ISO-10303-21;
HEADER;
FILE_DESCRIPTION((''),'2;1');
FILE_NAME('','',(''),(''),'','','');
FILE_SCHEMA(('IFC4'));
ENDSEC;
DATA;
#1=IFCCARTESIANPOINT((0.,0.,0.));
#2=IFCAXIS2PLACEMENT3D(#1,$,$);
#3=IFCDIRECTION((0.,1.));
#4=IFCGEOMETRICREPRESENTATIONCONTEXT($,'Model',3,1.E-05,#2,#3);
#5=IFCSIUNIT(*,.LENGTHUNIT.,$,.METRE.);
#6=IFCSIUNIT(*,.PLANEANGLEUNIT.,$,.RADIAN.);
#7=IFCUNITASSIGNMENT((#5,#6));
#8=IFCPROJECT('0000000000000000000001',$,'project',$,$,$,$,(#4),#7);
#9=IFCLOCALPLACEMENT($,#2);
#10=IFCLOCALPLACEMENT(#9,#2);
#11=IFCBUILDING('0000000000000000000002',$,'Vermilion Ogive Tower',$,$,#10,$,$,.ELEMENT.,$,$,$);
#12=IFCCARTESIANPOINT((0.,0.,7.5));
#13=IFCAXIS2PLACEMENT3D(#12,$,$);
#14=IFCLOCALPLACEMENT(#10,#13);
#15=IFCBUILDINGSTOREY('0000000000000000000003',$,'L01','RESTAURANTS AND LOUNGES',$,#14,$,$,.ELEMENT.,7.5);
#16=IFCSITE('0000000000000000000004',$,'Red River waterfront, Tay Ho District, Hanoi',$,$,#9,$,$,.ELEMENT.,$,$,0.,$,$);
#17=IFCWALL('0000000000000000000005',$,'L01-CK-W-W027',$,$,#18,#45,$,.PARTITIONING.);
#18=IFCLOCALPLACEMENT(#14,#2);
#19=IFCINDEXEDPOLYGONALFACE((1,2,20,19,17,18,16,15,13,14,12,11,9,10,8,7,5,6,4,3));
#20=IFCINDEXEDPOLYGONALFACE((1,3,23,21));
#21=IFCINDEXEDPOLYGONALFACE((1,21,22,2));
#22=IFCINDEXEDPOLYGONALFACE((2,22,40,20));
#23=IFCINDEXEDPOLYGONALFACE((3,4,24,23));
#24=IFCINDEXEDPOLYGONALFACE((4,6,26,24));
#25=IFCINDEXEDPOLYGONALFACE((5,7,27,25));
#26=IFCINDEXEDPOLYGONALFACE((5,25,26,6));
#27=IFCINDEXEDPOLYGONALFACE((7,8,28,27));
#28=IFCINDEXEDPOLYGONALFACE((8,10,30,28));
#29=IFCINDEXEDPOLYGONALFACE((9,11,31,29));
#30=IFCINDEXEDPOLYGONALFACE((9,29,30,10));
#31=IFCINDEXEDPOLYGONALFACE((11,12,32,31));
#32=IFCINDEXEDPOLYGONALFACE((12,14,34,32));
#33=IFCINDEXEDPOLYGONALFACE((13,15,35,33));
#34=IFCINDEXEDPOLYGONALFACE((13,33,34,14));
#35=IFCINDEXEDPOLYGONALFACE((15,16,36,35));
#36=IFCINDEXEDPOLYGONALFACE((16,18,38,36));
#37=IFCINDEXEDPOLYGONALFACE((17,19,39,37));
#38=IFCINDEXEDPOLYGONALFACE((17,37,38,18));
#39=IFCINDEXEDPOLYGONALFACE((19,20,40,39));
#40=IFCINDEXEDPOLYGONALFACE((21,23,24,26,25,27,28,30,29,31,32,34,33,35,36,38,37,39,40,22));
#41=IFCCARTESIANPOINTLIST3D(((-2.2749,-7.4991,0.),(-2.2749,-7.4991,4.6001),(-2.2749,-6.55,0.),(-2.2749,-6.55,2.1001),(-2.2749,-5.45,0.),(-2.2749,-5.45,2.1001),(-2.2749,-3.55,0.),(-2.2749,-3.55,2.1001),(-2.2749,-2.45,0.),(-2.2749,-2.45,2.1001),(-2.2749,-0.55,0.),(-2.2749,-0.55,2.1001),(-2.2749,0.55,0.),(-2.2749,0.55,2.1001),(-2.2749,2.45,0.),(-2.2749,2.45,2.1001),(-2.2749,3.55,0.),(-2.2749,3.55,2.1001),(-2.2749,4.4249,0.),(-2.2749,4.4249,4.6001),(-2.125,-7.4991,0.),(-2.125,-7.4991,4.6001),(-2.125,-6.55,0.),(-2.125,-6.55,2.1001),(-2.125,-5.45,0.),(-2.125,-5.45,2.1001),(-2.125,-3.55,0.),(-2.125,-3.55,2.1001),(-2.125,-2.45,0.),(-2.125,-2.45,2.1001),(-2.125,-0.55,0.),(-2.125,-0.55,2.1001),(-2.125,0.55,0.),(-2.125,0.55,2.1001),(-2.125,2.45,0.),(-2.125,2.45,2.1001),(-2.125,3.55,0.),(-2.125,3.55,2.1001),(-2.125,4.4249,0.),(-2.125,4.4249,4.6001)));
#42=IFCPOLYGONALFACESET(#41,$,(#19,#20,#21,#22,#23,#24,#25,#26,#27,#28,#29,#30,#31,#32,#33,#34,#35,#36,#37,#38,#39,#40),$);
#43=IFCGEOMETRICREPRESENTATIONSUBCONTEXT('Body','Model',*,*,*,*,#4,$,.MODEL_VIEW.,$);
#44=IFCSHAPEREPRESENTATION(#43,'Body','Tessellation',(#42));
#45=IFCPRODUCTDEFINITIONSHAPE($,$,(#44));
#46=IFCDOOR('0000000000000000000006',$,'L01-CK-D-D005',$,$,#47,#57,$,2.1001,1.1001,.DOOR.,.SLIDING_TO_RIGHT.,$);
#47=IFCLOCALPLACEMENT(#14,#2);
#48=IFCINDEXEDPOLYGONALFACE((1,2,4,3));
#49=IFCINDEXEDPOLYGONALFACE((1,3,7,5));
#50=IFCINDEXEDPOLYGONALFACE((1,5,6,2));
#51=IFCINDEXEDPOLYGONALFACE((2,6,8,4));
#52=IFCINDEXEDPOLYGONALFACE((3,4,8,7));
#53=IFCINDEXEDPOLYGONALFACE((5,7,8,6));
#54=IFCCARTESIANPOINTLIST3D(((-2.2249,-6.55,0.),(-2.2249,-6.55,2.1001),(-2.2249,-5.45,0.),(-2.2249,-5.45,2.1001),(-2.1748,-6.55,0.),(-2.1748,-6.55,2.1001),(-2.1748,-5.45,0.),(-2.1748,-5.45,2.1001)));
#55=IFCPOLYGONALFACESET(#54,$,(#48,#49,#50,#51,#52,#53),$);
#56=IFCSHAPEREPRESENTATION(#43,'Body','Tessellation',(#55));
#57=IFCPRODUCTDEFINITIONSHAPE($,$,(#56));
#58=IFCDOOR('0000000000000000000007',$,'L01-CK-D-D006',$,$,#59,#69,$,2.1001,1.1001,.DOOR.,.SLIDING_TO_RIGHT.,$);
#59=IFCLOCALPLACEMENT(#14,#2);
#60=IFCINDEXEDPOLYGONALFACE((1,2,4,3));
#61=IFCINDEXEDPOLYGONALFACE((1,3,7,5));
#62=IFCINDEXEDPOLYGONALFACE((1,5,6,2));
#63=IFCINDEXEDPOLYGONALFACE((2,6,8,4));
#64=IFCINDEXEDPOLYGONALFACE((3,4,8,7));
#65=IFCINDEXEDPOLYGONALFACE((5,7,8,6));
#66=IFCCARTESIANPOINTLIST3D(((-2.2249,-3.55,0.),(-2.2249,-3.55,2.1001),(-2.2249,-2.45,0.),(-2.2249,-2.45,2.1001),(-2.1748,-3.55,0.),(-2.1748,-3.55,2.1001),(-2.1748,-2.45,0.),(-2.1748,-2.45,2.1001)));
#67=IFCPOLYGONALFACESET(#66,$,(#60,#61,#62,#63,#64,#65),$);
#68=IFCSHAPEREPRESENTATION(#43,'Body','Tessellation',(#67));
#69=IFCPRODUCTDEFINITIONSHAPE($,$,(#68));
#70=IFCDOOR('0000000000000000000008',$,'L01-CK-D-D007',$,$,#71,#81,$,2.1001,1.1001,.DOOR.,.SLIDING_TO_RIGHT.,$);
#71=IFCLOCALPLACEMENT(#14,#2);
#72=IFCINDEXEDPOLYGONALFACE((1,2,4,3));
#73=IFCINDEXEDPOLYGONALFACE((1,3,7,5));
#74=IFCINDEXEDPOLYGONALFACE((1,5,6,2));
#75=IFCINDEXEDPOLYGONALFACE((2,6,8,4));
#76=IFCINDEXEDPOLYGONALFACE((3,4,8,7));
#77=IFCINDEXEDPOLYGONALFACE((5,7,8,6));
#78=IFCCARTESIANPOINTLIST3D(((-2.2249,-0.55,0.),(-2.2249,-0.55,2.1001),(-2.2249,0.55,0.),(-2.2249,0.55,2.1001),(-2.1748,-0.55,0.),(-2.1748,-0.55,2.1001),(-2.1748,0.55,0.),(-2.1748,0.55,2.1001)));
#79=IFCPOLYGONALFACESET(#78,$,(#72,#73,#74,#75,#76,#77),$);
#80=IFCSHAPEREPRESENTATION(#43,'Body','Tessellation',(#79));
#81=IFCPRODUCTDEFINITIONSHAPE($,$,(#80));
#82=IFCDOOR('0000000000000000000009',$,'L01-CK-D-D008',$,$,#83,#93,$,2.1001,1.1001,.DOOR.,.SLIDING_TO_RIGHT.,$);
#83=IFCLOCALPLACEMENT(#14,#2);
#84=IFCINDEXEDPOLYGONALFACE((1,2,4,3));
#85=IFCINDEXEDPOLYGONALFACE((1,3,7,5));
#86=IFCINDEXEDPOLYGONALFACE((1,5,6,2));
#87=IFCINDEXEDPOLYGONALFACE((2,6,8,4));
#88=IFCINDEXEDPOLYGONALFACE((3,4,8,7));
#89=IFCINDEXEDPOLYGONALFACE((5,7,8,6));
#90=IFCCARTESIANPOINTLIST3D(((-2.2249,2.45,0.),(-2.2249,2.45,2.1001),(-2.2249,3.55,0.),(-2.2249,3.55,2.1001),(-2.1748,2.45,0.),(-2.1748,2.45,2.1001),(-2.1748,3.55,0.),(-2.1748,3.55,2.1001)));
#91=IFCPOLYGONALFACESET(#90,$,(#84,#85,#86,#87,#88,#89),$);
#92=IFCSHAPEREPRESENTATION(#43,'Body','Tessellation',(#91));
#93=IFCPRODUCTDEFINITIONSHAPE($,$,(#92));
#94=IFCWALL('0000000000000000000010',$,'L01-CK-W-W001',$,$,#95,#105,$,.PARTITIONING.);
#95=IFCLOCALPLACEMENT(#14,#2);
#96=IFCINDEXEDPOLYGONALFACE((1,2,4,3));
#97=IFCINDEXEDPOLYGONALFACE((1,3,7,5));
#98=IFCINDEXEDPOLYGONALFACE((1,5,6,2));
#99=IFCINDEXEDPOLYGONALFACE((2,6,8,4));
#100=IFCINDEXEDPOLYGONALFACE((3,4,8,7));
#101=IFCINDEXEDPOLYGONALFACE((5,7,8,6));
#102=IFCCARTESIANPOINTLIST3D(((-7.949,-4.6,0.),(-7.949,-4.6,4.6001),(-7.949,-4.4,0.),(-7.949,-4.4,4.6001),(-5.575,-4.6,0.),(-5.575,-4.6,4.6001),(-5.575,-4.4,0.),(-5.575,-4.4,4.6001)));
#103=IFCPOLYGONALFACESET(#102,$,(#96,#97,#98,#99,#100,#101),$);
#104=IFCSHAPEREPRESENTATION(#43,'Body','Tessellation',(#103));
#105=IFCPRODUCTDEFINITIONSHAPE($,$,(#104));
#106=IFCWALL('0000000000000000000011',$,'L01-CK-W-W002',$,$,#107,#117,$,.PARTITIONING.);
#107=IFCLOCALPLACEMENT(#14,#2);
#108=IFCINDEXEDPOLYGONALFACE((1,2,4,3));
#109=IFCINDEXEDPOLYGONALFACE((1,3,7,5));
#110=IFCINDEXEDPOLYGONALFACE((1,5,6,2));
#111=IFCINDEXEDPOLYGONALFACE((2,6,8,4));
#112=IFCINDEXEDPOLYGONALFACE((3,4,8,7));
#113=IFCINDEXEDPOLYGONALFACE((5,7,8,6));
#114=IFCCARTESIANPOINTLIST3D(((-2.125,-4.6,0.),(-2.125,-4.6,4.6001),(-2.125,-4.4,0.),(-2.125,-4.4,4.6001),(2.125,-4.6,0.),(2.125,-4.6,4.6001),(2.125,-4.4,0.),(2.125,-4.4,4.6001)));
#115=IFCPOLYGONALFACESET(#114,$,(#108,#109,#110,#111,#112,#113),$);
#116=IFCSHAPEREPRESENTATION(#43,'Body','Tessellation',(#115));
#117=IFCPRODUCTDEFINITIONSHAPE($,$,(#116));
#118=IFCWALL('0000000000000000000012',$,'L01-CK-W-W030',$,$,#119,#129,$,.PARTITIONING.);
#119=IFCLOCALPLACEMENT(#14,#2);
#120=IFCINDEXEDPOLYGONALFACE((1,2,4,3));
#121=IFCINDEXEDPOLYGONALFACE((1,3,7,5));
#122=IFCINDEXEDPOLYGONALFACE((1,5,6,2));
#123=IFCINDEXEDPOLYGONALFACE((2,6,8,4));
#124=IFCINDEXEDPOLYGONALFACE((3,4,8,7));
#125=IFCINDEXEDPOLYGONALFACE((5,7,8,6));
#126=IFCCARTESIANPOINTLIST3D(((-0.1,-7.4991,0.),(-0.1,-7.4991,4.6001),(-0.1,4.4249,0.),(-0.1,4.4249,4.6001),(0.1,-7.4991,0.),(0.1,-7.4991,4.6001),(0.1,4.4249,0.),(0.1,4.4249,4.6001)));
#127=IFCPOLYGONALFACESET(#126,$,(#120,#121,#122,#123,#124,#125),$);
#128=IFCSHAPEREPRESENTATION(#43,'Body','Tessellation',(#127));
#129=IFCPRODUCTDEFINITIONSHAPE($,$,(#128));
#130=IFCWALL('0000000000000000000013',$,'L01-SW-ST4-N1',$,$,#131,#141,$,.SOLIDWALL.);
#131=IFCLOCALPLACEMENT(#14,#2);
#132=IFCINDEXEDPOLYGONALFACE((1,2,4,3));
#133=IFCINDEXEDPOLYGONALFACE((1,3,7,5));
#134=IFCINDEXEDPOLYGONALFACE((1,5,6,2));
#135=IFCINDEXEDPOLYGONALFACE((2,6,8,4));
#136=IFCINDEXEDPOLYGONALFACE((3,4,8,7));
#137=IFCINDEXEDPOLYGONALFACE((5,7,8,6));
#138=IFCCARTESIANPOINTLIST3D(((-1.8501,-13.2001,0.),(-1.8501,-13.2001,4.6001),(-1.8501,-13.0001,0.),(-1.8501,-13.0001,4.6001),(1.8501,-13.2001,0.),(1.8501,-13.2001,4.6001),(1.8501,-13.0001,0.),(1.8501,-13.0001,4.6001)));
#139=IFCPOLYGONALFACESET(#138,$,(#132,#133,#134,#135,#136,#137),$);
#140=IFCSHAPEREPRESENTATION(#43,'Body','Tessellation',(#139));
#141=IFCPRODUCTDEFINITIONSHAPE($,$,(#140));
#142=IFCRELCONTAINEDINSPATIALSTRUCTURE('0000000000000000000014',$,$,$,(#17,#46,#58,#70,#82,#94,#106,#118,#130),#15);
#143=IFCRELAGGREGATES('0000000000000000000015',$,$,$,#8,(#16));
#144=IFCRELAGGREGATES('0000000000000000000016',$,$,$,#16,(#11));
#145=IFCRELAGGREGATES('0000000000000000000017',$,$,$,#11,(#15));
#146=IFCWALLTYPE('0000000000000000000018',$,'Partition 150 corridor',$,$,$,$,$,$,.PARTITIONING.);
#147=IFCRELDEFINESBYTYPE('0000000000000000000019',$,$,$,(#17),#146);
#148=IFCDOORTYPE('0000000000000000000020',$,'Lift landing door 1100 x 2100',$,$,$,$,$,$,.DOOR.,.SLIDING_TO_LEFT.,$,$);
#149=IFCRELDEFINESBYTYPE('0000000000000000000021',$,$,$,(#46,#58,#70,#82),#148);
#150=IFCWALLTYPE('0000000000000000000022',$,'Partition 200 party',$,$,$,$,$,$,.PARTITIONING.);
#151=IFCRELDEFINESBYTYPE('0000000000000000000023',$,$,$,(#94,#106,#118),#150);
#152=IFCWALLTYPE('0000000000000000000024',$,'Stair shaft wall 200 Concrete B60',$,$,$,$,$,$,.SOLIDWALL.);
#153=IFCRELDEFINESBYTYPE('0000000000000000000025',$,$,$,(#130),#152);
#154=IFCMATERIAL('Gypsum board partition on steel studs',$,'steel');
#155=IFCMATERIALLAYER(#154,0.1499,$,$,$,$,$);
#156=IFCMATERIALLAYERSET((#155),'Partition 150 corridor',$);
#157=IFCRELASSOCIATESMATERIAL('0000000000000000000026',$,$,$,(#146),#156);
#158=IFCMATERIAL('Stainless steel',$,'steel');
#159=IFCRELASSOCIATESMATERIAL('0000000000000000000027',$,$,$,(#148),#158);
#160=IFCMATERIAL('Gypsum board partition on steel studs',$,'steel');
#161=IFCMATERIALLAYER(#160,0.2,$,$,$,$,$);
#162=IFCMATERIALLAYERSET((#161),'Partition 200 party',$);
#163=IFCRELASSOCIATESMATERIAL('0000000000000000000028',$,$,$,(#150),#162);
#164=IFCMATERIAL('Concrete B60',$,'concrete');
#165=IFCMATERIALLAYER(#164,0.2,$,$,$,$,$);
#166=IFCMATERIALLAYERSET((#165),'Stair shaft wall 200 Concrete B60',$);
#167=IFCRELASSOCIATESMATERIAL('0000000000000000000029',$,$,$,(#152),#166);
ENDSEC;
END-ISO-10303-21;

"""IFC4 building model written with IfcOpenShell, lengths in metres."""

from ifc_helpers import new_model, si_unit, direction, frame, frame_2d, origin, place, context, subcontext, project, spatial, rectangle, extrude, material, layer, layer_set, type_object, element, fill, save


model = new_model("IFC4")

# Units and contexts
model_context = context("Model", 3, precision=1e-05, world=origin(), true_north=direction((0.0, 1.0)))
body_context = subcontext(model_context, "Body", "Model", "MODEL_VIEW")
ifc_project = project(units=[si_unit("LENGTHUNIT", "METRE"), si_unit("PLANEANGLEUNIT", "RADIAN")], contexts=[model_context])

# Site, building, storey
site_placement = place(None, origin())
site = spatial("IfcSite", under=ifc_project, at=site_placement, Name="Red River waterfront, Tay Ho District, Hanoi", CompositionType="ELEMENT", RefElevation=0.0)
building_placement = place(site_placement, origin())
building = spatial("IfcBuilding", under=site, at=building_placement, Name="Vermilion Ogive Tower", CompositionType="ELEMENT")
storey_placement = place(building_placement, frame((0.0, 0.0, 7.5)))
storey = spatial("IfcBuildingStorey", under=building, at=storey_placement, Name="L01", Description="RESTAURANTS AND LOUNGES", CompositionType="ELEMENT", Elevation=7.5)

# Shared definitions
ifc_material_1 = material(Name="Gypsum board partition on steel studs", Category="steel")
ifc_layer_1 = layer(ifc_material_1, 0.1499)
ifc_layer_set_1 = layer_set([ifc_layer_1], Name="Partition 150 corridor")
wall_type_1 = type_object("IfcWallType", Name="Partition 150 corridor", PredefinedType="PARTITIONING", material=ifc_layer_set_1)

# Wall, openings, doors
ifc_material_2 = material(Name="Stainless steel", Category="steel")
door_type_1 = type_object("IfcDoorType", Name="Lift landing door 1100 x 2100", OperationType="SLIDING_TO_LEFT", PredefinedType="DOOR", material=ifc_material_2)
wall_1_placement = place(storey_placement, frame((-2.2, -7.499, 0.0), z_axis=(0.0, 0.0, 1.0), x_axis=(0.0, 1.0, 0.0)))
wall_1 = element("IfcWall", 1, at=wall_1_placement, inside=storey, type_object=wall_type_1, Name="L01-CK-W-W027", PredefinedType="PARTITIONING", context=body_context, shape_type="SweptSolid", body=[
    extrude(rectangle(XDim=11.9241, YDim=0.1499, at=frame_2d((5.9619, 0.0))), origin(), (0.0, 0.0, 1.0), 4.6001),
])
opening_1_placement = place(wall_1_placement, frame((0.949, 0.0, 0.0)))
opening_1 = element("IfcOpeningElement", 2, at=opening_1_placement, cuts=wall_1, PredefinedType="OPENING", context=body_context, shape_type="SweptSolid", body=[
    extrude(rectangle(XDim=1.1001, YDim=2.1001, at=frame_2d((0.55, 1.05))), frame((0.0, 0.085, 0.0), z_axis=(0.0, -1.0, 0.0), x_axis=(1.0, 0.0, 0.0)), (0.0, 0.0, 1.0), 0.1699),
])
opening_2_placement = place(wall_1_placement, frame((3.949, 0.0, 0.0)))
opening_2 = element("IfcOpeningElement", 3, at=opening_2_placement, cuts=wall_1, PredefinedType="OPENING", context=body_context, shape_type="SweptSolid", body=[
    extrude(rectangle(XDim=1.1001, YDim=2.1001, at=frame_2d((0.55, 1.05))), frame((0.0, 0.085, 0.0), z_axis=(0.0, -1.0, 0.0), x_axis=(1.0, 0.0, 0.0)), (0.0, 0.0, 1.0), 0.1699),
])
opening_3_placement = place(wall_1_placement, frame((6.949, 0.0, 0.0)))
opening_3 = element("IfcOpeningElement", 4, at=opening_3_placement, cuts=wall_1, PredefinedType="OPENING", context=body_context, shape_type="SweptSolid", body=[
    extrude(rectangle(XDim=1.1001, YDim=2.1001, at=frame_2d((0.55, 1.05))), frame((0.0, 0.085, 0.0), z_axis=(0.0, -1.0, 0.0), x_axis=(1.0, 0.0, 0.0)), (0.0, 0.0, 1.0), 0.1699),
])
opening_4_placement = place(wall_1_placement, frame((9.949, 0.0, 0.0)))
opening_4 = element("IfcOpeningElement", 5, at=opening_4_placement, cuts=wall_1, PredefinedType="OPENING", context=body_context, shape_type="SweptSolid", body=[
    extrude(rectangle(XDim=1.1001, YDim=2.1001, at=frame_2d((0.55, 1.05))), frame((0.0, 0.085, 0.0), z_axis=(0.0, -1.0, 0.0), x_axis=(1.0, 0.0, 0.0)), (0.0, 0.0, 1.0), 0.1699),
])
door_1_placement = place(opening_1_placement, origin())
door_1 = element("IfcDoor", 6, at=door_1_placement, inside=storey, type_object=door_type_1, Name="L01-CK-D-D005", OperationType="SLIDING_TO_RIGHT", OverallHeight=2.1001, OverallWidth=1.1001, PredefinedType="DOOR", context=body_context, shape_type="SweptSolid", body=[
    extrude(rectangle(XDim=1.1001, YDim=2.1001, at=frame_2d((0.55, 1.05))), frame((0.0, 0.0249, 0.0), z_axis=(0.0, -1.0, 0.0), x_axis=(1.0, 0.0, 0.0)), (0.0, 0.0, 1.0), 0.05),
])
fill(opening_1, door_1)
door_2_placement = place(opening_2_placement, origin())
door_2 = element("IfcDoor", 7, at=door_2_placement, inside=storey, type_object=door_type_1, Name="L01-CK-D-D006", OperationType="SLIDING_TO_RIGHT", OverallHeight=2.1001, OverallWidth=1.1001, PredefinedType="DOOR", context=body_context, shape_type="SweptSolid", body=[
    extrude(rectangle(XDim=1.1001, YDim=2.1001, at=frame_2d((0.55, 1.05))), frame((0.0, 0.0249, 0.0), z_axis=(0.0, -1.0, 0.0), x_axis=(1.0, 0.0, 0.0)), (0.0, 0.0, 1.0), 0.05),
])
fill(opening_2, door_2)
door_3_placement = place(opening_3_placement, origin())
door_3 = element("IfcDoor", 8, at=door_3_placement, inside=storey, type_object=door_type_1, Name="L01-CK-D-D007", OperationType="SLIDING_TO_RIGHT", OverallHeight=2.1001, OverallWidth=1.1001, PredefinedType="DOOR", context=body_context, shape_type="SweptSolid", body=[
    extrude(rectangle(XDim=1.1001, YDim=2.1001, at=frame_2d((0.55, 1.05))), frame((0.0, 0.0249, 0.0), z_axis=(0.0, -1.0, 0.0), x_axis=(1.0, 0.0, 0.0)), (0.0, 0.0, 1.0), 0.05),
])
fill(opening_3, door_3)
door_4_placement = place(opening_4_placement, origin())
door_4 = element("IfcDoor", 9, at=door_4_placement, inside=storey, type_object=door_type_1, Name="L01-CK-D-D008", OperationType="SLIDING_TO_RIGHT", OverallHeight=2.1001, OverallWidth=1.1001, PredefinedType="DOOR", context=body_context, shape_type="SweptSolid", body=[
    extrude(rectangle(XDim=1.1001, YDim=2.1001, at=frame_2d((0.55, 1.05))), frame((0.0, 0.0249, 0.0), z_axis=(0.0, -1.0, 0.0), x_axis=(1.0, 0.0, 0.0)), (0.0, 0.0, 1.0), 0.05),
])
fill(opening_4, door_4)

# Walls
ifc_material_3 = material(Name="Gypsum board partition on steel studs", Category="steel")
ifc_layer_2 = layer(ifc_material_3, 0.2)
ifc_layer_set_2 = layer_set([ifc_layer_2], Name="Partition 200 party")
wall_type_2 = type_object("IfcWallType", Name="Partition 200 party", PredefinedType="PARTITIONING", material=ifc_layer_set_2)
wall_2_placement = place(storey_placement, frame((-7.949, -4.5, 0.0), z_axis=(0.0, 0.0, 1.0), x_axis=(1.0, 0.0, 0.0)))
element("IfcWall", 10, at=wall_2_placement, inside=storey, type_object=wall_type_2, Name="L01-CK-W-W001", PredefinedType="PARTITIONING", context=body_context, shape_type="SweptSolid", body=[
    extrude(rectangle(XDim=2.374, YDim=0.2, at=frame_2d((1.187, 0.0))), origin(), (0.0, 0.0, 1.0), 4.6001),
])
wall_3_placement = place(storey_placement, frame((-2.125, -4.5, 0.0), z_axis=(0.0, 0.0, 1.0), x_axis=(1.0, 0.0, 0.0)))
element("IfcWall", 11, at=wall_3_placement, inside=storey, type_object=wall_type_2, Name="L01-CK-W-W002", PredefinedType="PARTITIONING", context=body_context, shape_type="SweptSolid", body=[
    extrude(rectangle(XDim=4.25, YDim=0.2, at=frame_2d((2.125, 0.0))), origin(), (0.0, 0.0, 1.0), 4.6001),
])
wall_4_placement = place(storey_placement, frame((0.0, -7.499, 0.0), z_axis=(0.0, 0.0, 1.0), x_axis=(0.0, 1.0, 0.0)))
element("IfcWall", 12, at=wall_4_placement, inside=storey, type_object=wall_type_2, Name="L01-CK-W-W030", PredefinedType="PARTITIONING", context=body_context, shape_type="SweptSolid", body=[
    extrude(rectangle(XDim=11.9241, YDim=0.2, at=frame_2d((5.9619, 0.0))), origin(), (0.0, 0.0, 1.0), 4.6001),
])
ifc_material_4 = material(Name="Concrete B60", Category="concrete")
ifc_layer_3 = layer(ifc_material_4, 0.2)
ifc_layer_set_3 = layer_set([ifc_layer_3], Name="Stair shaft wall 200 Concrete B60")
wall_type_3 = type_object("IfcWallType", Name="Stair shaft wall 200 Concrete B60", PredefinedType="SOLIDWALL", material=ifc_layer_set_3)
wall_5_placement = place(storey_placement, frame((-1.8501, -13.1001, 0.0), z_axis=(0.0, 0.0, 1.0), x_axis=(1.0, 0.0, 0.0)))
element("IfcWall", 13, at=wall_5_placement, inside=storey, type_object=wall_type_3, Name="L01-SW-ST4-N1", PredefinedType="SOLIDWALL", context=body_context, shape_type="SweptSolid", body=[
    extrude(rectangle(XDim=3.7002, YDim=0.2, at=frame_2d((1.8501, 0.0))), origin(), (0.0, 0.0, 1.0), 4.6001),
])

save(model, "model.ifc")
